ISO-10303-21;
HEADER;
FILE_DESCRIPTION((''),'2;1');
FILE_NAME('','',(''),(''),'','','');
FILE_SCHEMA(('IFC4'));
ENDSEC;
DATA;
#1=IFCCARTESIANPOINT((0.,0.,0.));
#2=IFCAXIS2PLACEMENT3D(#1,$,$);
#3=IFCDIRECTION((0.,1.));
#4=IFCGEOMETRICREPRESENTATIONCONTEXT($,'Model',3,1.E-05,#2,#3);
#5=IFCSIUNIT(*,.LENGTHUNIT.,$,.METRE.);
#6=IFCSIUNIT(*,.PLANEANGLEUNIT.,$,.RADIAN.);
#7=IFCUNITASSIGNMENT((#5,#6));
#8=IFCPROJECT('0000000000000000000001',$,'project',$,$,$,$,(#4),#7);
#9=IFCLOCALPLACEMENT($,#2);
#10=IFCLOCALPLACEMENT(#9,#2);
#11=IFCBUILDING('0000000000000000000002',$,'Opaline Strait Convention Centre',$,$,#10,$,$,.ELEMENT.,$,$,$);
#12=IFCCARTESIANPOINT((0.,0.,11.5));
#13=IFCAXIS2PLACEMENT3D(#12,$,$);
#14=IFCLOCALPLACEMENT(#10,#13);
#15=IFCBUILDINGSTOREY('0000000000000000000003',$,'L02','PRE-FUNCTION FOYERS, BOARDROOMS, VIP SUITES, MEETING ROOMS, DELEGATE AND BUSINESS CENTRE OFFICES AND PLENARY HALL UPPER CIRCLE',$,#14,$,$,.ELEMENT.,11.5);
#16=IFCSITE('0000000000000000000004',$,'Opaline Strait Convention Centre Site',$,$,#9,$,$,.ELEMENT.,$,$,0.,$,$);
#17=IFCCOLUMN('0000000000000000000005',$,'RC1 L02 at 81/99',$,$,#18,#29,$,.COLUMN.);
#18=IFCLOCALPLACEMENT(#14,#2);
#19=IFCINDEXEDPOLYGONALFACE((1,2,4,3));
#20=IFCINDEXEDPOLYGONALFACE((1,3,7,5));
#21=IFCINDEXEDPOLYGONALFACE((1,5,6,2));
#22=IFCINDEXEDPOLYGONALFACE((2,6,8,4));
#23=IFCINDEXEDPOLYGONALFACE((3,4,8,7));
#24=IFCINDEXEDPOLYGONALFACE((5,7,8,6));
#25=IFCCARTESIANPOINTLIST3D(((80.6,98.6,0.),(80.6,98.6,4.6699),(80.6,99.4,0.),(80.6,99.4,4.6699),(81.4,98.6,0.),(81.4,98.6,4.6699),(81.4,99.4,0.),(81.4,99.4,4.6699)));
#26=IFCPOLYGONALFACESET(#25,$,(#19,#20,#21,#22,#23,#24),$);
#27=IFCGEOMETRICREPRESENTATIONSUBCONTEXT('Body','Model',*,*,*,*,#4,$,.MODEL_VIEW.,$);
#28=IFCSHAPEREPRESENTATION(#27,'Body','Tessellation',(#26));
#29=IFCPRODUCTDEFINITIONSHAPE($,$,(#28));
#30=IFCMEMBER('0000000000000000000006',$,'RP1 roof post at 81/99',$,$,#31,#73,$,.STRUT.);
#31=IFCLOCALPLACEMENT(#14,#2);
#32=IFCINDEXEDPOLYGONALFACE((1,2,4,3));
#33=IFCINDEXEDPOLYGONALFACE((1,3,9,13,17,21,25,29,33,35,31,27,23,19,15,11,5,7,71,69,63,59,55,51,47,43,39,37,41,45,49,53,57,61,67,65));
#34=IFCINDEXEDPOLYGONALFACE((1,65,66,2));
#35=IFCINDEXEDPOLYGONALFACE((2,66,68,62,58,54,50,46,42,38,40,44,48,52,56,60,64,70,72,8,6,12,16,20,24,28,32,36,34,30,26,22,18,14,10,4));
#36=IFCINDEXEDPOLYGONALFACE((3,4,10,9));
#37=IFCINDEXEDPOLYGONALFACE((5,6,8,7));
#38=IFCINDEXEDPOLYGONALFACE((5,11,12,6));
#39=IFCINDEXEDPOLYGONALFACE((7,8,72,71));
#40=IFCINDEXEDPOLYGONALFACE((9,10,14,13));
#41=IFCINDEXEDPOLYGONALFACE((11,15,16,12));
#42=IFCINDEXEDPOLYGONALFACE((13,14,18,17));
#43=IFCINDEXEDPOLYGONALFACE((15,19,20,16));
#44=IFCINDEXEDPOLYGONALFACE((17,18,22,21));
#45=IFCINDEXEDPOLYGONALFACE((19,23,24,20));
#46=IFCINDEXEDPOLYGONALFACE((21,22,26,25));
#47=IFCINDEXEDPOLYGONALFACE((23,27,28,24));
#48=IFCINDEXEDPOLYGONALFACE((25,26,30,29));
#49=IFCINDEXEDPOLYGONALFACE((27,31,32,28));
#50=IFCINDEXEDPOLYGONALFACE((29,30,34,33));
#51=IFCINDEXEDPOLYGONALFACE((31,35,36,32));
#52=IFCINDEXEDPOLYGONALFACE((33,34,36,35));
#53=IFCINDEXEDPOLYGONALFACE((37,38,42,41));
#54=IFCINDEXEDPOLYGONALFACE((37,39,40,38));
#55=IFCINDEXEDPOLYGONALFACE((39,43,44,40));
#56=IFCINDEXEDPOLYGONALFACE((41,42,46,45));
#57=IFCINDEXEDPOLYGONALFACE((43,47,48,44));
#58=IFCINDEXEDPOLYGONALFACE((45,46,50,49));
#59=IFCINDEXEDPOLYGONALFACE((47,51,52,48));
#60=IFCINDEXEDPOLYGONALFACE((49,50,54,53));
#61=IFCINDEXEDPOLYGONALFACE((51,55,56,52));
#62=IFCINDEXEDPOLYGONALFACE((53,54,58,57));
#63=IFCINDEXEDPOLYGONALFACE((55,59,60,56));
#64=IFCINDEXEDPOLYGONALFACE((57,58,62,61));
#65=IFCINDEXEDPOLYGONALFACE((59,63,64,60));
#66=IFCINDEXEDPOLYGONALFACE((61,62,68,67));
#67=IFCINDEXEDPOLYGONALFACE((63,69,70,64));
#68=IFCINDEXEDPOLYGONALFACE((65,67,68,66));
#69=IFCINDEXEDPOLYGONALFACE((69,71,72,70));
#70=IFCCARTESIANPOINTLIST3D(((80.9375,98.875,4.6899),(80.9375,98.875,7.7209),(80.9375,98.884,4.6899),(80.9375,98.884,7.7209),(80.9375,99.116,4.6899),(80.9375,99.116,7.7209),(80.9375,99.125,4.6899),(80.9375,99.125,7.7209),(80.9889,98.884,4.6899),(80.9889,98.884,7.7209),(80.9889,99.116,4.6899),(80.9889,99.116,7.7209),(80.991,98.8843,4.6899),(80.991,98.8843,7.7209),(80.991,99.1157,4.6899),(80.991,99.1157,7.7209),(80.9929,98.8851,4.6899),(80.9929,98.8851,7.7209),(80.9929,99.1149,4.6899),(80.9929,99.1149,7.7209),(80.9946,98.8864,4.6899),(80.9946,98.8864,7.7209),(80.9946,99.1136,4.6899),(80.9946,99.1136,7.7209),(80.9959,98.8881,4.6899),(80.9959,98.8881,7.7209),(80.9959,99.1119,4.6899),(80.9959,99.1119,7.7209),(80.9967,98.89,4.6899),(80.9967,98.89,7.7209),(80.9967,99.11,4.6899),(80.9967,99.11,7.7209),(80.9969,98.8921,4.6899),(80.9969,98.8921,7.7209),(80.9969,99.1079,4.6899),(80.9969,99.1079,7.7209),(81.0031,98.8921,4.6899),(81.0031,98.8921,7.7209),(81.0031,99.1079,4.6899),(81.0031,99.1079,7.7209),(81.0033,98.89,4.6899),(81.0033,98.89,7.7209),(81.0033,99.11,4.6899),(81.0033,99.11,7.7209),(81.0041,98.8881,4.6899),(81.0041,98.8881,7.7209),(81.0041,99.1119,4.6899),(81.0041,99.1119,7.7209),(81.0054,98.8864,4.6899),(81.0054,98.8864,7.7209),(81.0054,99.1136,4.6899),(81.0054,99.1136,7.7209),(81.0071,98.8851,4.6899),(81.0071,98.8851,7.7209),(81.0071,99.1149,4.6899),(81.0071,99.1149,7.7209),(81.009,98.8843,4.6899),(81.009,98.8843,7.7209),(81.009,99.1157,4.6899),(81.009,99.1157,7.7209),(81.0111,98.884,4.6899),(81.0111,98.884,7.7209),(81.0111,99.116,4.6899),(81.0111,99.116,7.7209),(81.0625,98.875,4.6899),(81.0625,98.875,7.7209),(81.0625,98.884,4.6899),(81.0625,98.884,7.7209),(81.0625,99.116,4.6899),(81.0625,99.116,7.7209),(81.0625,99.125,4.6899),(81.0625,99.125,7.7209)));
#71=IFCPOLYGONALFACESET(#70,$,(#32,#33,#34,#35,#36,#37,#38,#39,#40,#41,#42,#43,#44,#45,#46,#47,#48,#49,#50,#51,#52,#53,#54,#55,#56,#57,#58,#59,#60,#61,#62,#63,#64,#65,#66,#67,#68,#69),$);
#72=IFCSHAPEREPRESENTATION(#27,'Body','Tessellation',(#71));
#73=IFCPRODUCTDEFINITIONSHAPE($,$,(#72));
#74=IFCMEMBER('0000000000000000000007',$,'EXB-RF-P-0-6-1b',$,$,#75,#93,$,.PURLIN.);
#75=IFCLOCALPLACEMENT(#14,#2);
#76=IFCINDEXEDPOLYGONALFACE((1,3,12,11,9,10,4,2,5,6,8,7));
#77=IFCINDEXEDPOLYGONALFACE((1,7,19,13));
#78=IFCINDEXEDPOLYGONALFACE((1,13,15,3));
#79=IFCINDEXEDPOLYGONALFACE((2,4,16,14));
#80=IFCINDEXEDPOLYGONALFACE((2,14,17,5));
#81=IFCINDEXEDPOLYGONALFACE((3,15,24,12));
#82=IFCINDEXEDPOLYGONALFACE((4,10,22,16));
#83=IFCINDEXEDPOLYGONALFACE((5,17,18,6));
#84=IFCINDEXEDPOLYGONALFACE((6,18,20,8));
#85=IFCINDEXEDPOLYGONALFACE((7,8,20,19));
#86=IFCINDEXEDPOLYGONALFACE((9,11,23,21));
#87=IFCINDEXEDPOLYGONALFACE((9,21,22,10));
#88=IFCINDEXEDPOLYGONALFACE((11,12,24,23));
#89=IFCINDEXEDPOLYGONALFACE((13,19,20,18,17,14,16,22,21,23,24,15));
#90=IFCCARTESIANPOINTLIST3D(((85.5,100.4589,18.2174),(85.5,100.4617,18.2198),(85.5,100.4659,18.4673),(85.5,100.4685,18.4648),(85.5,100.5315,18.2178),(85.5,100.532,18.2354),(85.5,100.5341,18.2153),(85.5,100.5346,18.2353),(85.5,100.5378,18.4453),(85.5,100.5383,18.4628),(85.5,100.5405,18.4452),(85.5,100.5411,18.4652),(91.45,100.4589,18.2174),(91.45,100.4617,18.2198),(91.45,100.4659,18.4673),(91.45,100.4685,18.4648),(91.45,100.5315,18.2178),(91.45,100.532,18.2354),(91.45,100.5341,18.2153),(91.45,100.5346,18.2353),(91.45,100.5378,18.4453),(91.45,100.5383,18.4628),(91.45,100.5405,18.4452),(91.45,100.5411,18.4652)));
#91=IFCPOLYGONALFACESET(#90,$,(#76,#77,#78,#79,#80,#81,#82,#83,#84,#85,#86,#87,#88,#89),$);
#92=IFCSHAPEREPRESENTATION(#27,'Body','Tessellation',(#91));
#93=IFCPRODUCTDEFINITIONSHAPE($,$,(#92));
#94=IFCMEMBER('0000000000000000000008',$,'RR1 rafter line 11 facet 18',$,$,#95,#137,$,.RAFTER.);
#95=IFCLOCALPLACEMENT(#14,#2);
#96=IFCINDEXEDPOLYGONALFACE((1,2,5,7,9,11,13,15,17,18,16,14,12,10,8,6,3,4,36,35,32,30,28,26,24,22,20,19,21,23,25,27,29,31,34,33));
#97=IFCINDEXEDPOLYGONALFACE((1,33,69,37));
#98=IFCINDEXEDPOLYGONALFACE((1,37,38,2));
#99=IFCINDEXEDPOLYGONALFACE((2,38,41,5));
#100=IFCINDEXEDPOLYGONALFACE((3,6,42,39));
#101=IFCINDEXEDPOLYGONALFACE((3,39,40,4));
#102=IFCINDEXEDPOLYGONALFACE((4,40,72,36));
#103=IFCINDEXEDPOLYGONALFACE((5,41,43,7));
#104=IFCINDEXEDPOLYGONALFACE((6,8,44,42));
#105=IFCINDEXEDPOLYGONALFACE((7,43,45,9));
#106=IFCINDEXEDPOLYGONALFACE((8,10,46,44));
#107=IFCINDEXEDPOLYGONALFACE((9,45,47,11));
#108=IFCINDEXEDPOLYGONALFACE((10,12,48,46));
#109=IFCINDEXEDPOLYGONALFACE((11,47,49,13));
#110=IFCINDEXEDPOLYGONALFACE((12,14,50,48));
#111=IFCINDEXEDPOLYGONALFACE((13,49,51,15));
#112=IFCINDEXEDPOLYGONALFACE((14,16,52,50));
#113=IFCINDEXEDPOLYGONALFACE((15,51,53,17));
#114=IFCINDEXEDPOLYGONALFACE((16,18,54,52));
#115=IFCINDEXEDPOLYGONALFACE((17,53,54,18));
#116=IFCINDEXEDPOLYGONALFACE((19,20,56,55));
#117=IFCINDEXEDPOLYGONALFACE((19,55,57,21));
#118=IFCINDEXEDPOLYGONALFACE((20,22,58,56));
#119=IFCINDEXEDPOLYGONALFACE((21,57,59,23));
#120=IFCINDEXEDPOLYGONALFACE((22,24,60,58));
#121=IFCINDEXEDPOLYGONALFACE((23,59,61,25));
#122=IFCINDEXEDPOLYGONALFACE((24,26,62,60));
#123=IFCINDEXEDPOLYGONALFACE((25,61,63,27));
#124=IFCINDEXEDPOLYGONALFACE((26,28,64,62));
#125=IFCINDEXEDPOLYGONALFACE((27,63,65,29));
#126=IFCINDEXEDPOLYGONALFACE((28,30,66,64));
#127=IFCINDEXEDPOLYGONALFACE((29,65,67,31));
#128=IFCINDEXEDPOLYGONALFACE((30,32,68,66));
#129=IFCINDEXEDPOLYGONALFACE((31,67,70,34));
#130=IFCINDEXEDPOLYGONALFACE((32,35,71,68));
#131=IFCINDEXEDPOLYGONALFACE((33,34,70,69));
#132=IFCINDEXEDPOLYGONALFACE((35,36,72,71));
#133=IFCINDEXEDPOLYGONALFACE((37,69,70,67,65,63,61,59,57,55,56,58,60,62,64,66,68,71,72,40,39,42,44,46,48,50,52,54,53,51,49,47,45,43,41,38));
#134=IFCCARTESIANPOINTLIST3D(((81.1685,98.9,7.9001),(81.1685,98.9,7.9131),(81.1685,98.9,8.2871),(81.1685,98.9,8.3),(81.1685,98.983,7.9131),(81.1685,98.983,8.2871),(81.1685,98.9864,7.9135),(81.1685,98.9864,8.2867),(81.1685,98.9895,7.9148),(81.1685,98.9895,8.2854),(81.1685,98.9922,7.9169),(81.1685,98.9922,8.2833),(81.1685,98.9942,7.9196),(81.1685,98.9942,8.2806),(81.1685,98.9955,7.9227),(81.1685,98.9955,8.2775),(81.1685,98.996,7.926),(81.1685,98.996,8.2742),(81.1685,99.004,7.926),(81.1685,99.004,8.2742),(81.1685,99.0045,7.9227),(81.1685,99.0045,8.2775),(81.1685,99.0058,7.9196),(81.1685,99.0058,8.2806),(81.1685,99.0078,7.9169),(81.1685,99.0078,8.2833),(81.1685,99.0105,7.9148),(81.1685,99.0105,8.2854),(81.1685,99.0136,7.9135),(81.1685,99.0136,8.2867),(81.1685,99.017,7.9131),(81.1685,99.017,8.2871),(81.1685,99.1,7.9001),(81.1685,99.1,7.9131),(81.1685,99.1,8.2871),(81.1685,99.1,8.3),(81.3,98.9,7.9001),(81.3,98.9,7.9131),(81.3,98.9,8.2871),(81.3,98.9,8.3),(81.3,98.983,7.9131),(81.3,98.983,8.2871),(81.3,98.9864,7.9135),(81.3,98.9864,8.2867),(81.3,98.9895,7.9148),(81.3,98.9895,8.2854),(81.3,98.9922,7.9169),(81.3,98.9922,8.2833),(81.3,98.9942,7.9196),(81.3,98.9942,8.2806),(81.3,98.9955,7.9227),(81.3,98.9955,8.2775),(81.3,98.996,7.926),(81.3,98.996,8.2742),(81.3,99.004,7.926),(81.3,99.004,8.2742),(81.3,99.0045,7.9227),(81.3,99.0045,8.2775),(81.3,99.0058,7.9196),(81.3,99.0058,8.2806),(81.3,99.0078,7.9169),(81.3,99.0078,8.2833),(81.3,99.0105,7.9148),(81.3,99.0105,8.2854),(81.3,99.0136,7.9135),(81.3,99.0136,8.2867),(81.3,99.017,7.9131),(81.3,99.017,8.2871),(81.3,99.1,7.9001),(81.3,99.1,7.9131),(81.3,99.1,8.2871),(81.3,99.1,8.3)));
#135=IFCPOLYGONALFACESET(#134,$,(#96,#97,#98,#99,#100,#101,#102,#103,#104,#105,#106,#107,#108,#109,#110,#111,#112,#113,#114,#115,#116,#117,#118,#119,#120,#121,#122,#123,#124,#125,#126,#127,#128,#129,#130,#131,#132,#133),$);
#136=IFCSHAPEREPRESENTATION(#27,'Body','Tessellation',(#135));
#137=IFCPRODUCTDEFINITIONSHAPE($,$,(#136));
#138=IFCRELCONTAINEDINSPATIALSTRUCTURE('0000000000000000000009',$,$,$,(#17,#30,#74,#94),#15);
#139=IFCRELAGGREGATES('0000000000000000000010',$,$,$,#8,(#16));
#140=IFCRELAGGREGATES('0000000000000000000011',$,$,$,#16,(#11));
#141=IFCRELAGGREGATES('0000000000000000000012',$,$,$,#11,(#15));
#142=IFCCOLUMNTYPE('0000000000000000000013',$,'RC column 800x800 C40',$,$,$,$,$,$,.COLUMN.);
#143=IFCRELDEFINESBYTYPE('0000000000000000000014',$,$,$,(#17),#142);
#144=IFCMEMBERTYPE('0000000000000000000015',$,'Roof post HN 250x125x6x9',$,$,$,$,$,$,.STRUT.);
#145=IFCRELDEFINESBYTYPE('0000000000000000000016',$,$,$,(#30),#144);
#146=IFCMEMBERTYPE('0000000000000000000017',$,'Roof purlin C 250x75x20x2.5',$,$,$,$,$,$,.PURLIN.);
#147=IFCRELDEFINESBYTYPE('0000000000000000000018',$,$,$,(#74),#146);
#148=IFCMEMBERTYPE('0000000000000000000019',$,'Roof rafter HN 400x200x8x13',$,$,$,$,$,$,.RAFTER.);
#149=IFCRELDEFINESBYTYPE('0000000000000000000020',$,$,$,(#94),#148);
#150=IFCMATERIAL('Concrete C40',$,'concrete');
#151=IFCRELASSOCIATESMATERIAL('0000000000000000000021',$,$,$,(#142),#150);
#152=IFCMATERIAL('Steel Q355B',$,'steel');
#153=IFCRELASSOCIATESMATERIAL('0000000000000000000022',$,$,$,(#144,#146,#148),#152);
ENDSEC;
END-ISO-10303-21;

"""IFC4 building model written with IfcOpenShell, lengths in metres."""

from ifc_helpers import new_model, si_unit, direction, frame, origin, origin_2d, place, context, subcontext, project, spatial, polyline, rectangle, i_section, outline, extrude, material, material_profile, profile_set, type_object, element, save


model = new_model("IFC4")

# Units and contexts
model_context = context("Model", 3, precision=1e-05, world=origin(), true_north=direction((0.0, 1.0)))
body_context = subcontext(model_context, "Body", "Model", "MODEL_VIEW")
ifc_project = project(units=[si_unit("LENGTHUNIT", "METRE"), si_unit("PLANEANGLEUNIT", "RADIAN")], contexts=[model_context])

# Site, building, storey
site_placement = place(None, origin())
site = spatial("IfcSite", under=ifc_project, at=site_placement, Name="Opaline Strait Convention Centre Site", CompositionType="ELEMENT", RefElevation=0.0)
building_placement = place(site_placement, origin())
building = spatial("IfcBuilding", under=site, at=building_placement, Name="Opaline Strait Convention Centre", CompositionType="ELEMENT")
storey_placement = place(building_placement, frame((0.0, 0.0, 11.5)))
storey = spatial("IfcBuildingStorey", under=building, at=storey_placement, Name="L02", Description="PRE-FUNCTION FOYERS, BOARDROOMS, VIP SUITES, MEETING ROOMS, DELEGATE AND BUSINESS CENTRE OFFICES AND PLENARY HALL UPPER CIRCLE", CompositionType="ELEMENT", Elevation=11.5)

# Column
ifc_material_1 = material(Name="Concrete C40", Category="concrete")
ifc_material_profile_1 = material_profile(ifc_material_1, rectangle(XDim=0.8, YDim=0.8, at=origin_2d()), Name="RC 800x800")
ifc_profile_set_1 = profile_set([ifc_material_profile_1], Name="Concrete C40")
column_type = type_object("IfcColumnType", Name="RC column 800x800 C40", PredefinedType="COLUMN", material=ifc_profile_set_1)
column_placement = place(storey_placement, frame((81.0, 99.0, 0.0), z_axis=(0.0, 0.0, 1.0), x_axis=(1.0, 0.0, 0.0)))
element("IfcColumn", 1, at=column_placement, inside=storey, type_object=column_type, Name="RC1 L02 at 81/99", PredefinedType="COLUMN", context=body_context, shape_type="SweptSolid", body=[
    extrude(rectangle(XDim=0.8, YDim=0.8, at=origin_2d()), origin(), (0.0, 0.0, 1.0), 4.6699),
])

# Members
ifc_material_2 = material(Name="Steel Q355B", Category="steel")
ifc_material_profile_2 = material_profile(ifc_material_2, i_section(OverallWidth=0.125, OverallDepth=0.25, WebThickness=0.0061, FlangeThickness=0.009, FilletRadius=0.0081, at=origin_2d()), Name="HN 250x125x6x9")
ifc_profile_set_2 = profile_set([ifc_material_profile_2], Name="Steel Q355B")
member_type_1 = type_object("IfcMemberType", Name="Roof post HN 250x125x6x9", PredefinedType="STRUT", material=ifc_profile_set_2)
member_1_placement = place(storey_placement, frame((81.0, 99.0, 4.6899), z_axis=(0.0, 0.0, 1.0), x_axis=(1.0, 0.0, 0.0)))
element("IfcMember", 2, at=member_1_placement, inside=storey, type_object=member_type_1, Name="RP1 roof post at 81/99", PredefinedType="STRUT", context=body_context, shape_type="SweptSolid", body=[
    extrude(i_section(OverallWidth=0.125, OverallDepth=0.25, WebThickness=0.0061, FlangeThickness=0.009, FilletRadius=0.0081, at=origin_2d()), origin(), (0.0, 0.0, 1.0), 3.031),
])
ifc_material_profile_3 = material_profile(ifc_material_2, outline(polyline([(-0.0376, -0.125), (0.0376, -0.125), (0.0376, -0.105), (0.0349, -0.105), (0.0349, -0.1226), (-0.0349, -0.1226), (-0.0349, 0.1226), (0.0349, 0.1226), (0.0349, 0.105), (0.0376, 0.105), (0.0376, 0.125), (-0.0376, 0.125), (-0.0376, -0.125)])), Name="C 250x75x20x2.5")
ifc_profile_set_3 = profile_set([ifc_material_profile_3], Name="Steel Q355B")
member_type_2 = type_object("IfcMemberType", Name="Roof purlin C 250x75x20x2.5", PredefinedType="PURLIN", material=ifc_profile_set_3)
member_2_placement = place(storey_placement, frame((85.5, 100.5, 18.3413), z_axis=(1.0, 0.0, 0.0), x_axis=(0.0, 0.999606, -0.028066)))
element("IfcMember", 3, at=member_2_placement, inside=storey, type_object=member_type_2, Name="EXB-RF-P-0-6-1b", PredefinedType="PURLIN", context=body_context, shape_type="SweptSolid", body=[
    extrude(outline(polyline([(-0.0376, -0.125), (0.0376, -0.125), (0.0376, -0.105), (0.0349, -0.105), (0.0349, -0.1226), (-0.0349, -0.1226), (-0.0349, 0.1226), (0.0349, 0.1226), (0.0349, 0.105), (0.0376, 0.105), (0.0376, 0.125), (-0.0376, 0.125), (-0.0376, -0.125)])), origin(), (0.0, 0.0, 1.0), 5.95),
])
ifc_material_profile_4 = material_profile(ifc_material_2, i_section(OverallWidth=0.2, OverallDepth=0.3999, WebThickness=0.0081, FlangeThickness=0.0129, FilletRadius=0.0129, at=origin_2d()), Name="HN 400x200x8x13")
ifc_profile_set_4 = profile_set([ifc_material_profile_4], Name="Steel Q355B")
member_type_3 = type_object("IfcMemberType", Name="Roof rafter HN 400x200x8x13", PredefinedType="RAFTER", material=ifc_profile_set_4)
member_3_placement = place(storey_placement, frame((81.1685, 99.0, 8.1001), z_axis=(1.0, 0.0, 0.0), x_axis=(0.0, 1.0, 0.0)))
element("IfcMember", 4, at=member_3_placement, inside=storey, type_object=member_type_3, Name="RR1 rafter line 11 facet 18", PredefinedType="RAFTER", context=body_context, shape_type="SweptSolid", body=[
    extrude(i_section(OverallWidth=0.2, OverallDepth=0.3999, WebThickness=0.0081, FlangeThickness=0.0129, FilletRadius=0.0129, at=origin_2d()), origin(), (0.0, 0.0, 1.0), 0.1316),
])

save(model, "model.ifc")
